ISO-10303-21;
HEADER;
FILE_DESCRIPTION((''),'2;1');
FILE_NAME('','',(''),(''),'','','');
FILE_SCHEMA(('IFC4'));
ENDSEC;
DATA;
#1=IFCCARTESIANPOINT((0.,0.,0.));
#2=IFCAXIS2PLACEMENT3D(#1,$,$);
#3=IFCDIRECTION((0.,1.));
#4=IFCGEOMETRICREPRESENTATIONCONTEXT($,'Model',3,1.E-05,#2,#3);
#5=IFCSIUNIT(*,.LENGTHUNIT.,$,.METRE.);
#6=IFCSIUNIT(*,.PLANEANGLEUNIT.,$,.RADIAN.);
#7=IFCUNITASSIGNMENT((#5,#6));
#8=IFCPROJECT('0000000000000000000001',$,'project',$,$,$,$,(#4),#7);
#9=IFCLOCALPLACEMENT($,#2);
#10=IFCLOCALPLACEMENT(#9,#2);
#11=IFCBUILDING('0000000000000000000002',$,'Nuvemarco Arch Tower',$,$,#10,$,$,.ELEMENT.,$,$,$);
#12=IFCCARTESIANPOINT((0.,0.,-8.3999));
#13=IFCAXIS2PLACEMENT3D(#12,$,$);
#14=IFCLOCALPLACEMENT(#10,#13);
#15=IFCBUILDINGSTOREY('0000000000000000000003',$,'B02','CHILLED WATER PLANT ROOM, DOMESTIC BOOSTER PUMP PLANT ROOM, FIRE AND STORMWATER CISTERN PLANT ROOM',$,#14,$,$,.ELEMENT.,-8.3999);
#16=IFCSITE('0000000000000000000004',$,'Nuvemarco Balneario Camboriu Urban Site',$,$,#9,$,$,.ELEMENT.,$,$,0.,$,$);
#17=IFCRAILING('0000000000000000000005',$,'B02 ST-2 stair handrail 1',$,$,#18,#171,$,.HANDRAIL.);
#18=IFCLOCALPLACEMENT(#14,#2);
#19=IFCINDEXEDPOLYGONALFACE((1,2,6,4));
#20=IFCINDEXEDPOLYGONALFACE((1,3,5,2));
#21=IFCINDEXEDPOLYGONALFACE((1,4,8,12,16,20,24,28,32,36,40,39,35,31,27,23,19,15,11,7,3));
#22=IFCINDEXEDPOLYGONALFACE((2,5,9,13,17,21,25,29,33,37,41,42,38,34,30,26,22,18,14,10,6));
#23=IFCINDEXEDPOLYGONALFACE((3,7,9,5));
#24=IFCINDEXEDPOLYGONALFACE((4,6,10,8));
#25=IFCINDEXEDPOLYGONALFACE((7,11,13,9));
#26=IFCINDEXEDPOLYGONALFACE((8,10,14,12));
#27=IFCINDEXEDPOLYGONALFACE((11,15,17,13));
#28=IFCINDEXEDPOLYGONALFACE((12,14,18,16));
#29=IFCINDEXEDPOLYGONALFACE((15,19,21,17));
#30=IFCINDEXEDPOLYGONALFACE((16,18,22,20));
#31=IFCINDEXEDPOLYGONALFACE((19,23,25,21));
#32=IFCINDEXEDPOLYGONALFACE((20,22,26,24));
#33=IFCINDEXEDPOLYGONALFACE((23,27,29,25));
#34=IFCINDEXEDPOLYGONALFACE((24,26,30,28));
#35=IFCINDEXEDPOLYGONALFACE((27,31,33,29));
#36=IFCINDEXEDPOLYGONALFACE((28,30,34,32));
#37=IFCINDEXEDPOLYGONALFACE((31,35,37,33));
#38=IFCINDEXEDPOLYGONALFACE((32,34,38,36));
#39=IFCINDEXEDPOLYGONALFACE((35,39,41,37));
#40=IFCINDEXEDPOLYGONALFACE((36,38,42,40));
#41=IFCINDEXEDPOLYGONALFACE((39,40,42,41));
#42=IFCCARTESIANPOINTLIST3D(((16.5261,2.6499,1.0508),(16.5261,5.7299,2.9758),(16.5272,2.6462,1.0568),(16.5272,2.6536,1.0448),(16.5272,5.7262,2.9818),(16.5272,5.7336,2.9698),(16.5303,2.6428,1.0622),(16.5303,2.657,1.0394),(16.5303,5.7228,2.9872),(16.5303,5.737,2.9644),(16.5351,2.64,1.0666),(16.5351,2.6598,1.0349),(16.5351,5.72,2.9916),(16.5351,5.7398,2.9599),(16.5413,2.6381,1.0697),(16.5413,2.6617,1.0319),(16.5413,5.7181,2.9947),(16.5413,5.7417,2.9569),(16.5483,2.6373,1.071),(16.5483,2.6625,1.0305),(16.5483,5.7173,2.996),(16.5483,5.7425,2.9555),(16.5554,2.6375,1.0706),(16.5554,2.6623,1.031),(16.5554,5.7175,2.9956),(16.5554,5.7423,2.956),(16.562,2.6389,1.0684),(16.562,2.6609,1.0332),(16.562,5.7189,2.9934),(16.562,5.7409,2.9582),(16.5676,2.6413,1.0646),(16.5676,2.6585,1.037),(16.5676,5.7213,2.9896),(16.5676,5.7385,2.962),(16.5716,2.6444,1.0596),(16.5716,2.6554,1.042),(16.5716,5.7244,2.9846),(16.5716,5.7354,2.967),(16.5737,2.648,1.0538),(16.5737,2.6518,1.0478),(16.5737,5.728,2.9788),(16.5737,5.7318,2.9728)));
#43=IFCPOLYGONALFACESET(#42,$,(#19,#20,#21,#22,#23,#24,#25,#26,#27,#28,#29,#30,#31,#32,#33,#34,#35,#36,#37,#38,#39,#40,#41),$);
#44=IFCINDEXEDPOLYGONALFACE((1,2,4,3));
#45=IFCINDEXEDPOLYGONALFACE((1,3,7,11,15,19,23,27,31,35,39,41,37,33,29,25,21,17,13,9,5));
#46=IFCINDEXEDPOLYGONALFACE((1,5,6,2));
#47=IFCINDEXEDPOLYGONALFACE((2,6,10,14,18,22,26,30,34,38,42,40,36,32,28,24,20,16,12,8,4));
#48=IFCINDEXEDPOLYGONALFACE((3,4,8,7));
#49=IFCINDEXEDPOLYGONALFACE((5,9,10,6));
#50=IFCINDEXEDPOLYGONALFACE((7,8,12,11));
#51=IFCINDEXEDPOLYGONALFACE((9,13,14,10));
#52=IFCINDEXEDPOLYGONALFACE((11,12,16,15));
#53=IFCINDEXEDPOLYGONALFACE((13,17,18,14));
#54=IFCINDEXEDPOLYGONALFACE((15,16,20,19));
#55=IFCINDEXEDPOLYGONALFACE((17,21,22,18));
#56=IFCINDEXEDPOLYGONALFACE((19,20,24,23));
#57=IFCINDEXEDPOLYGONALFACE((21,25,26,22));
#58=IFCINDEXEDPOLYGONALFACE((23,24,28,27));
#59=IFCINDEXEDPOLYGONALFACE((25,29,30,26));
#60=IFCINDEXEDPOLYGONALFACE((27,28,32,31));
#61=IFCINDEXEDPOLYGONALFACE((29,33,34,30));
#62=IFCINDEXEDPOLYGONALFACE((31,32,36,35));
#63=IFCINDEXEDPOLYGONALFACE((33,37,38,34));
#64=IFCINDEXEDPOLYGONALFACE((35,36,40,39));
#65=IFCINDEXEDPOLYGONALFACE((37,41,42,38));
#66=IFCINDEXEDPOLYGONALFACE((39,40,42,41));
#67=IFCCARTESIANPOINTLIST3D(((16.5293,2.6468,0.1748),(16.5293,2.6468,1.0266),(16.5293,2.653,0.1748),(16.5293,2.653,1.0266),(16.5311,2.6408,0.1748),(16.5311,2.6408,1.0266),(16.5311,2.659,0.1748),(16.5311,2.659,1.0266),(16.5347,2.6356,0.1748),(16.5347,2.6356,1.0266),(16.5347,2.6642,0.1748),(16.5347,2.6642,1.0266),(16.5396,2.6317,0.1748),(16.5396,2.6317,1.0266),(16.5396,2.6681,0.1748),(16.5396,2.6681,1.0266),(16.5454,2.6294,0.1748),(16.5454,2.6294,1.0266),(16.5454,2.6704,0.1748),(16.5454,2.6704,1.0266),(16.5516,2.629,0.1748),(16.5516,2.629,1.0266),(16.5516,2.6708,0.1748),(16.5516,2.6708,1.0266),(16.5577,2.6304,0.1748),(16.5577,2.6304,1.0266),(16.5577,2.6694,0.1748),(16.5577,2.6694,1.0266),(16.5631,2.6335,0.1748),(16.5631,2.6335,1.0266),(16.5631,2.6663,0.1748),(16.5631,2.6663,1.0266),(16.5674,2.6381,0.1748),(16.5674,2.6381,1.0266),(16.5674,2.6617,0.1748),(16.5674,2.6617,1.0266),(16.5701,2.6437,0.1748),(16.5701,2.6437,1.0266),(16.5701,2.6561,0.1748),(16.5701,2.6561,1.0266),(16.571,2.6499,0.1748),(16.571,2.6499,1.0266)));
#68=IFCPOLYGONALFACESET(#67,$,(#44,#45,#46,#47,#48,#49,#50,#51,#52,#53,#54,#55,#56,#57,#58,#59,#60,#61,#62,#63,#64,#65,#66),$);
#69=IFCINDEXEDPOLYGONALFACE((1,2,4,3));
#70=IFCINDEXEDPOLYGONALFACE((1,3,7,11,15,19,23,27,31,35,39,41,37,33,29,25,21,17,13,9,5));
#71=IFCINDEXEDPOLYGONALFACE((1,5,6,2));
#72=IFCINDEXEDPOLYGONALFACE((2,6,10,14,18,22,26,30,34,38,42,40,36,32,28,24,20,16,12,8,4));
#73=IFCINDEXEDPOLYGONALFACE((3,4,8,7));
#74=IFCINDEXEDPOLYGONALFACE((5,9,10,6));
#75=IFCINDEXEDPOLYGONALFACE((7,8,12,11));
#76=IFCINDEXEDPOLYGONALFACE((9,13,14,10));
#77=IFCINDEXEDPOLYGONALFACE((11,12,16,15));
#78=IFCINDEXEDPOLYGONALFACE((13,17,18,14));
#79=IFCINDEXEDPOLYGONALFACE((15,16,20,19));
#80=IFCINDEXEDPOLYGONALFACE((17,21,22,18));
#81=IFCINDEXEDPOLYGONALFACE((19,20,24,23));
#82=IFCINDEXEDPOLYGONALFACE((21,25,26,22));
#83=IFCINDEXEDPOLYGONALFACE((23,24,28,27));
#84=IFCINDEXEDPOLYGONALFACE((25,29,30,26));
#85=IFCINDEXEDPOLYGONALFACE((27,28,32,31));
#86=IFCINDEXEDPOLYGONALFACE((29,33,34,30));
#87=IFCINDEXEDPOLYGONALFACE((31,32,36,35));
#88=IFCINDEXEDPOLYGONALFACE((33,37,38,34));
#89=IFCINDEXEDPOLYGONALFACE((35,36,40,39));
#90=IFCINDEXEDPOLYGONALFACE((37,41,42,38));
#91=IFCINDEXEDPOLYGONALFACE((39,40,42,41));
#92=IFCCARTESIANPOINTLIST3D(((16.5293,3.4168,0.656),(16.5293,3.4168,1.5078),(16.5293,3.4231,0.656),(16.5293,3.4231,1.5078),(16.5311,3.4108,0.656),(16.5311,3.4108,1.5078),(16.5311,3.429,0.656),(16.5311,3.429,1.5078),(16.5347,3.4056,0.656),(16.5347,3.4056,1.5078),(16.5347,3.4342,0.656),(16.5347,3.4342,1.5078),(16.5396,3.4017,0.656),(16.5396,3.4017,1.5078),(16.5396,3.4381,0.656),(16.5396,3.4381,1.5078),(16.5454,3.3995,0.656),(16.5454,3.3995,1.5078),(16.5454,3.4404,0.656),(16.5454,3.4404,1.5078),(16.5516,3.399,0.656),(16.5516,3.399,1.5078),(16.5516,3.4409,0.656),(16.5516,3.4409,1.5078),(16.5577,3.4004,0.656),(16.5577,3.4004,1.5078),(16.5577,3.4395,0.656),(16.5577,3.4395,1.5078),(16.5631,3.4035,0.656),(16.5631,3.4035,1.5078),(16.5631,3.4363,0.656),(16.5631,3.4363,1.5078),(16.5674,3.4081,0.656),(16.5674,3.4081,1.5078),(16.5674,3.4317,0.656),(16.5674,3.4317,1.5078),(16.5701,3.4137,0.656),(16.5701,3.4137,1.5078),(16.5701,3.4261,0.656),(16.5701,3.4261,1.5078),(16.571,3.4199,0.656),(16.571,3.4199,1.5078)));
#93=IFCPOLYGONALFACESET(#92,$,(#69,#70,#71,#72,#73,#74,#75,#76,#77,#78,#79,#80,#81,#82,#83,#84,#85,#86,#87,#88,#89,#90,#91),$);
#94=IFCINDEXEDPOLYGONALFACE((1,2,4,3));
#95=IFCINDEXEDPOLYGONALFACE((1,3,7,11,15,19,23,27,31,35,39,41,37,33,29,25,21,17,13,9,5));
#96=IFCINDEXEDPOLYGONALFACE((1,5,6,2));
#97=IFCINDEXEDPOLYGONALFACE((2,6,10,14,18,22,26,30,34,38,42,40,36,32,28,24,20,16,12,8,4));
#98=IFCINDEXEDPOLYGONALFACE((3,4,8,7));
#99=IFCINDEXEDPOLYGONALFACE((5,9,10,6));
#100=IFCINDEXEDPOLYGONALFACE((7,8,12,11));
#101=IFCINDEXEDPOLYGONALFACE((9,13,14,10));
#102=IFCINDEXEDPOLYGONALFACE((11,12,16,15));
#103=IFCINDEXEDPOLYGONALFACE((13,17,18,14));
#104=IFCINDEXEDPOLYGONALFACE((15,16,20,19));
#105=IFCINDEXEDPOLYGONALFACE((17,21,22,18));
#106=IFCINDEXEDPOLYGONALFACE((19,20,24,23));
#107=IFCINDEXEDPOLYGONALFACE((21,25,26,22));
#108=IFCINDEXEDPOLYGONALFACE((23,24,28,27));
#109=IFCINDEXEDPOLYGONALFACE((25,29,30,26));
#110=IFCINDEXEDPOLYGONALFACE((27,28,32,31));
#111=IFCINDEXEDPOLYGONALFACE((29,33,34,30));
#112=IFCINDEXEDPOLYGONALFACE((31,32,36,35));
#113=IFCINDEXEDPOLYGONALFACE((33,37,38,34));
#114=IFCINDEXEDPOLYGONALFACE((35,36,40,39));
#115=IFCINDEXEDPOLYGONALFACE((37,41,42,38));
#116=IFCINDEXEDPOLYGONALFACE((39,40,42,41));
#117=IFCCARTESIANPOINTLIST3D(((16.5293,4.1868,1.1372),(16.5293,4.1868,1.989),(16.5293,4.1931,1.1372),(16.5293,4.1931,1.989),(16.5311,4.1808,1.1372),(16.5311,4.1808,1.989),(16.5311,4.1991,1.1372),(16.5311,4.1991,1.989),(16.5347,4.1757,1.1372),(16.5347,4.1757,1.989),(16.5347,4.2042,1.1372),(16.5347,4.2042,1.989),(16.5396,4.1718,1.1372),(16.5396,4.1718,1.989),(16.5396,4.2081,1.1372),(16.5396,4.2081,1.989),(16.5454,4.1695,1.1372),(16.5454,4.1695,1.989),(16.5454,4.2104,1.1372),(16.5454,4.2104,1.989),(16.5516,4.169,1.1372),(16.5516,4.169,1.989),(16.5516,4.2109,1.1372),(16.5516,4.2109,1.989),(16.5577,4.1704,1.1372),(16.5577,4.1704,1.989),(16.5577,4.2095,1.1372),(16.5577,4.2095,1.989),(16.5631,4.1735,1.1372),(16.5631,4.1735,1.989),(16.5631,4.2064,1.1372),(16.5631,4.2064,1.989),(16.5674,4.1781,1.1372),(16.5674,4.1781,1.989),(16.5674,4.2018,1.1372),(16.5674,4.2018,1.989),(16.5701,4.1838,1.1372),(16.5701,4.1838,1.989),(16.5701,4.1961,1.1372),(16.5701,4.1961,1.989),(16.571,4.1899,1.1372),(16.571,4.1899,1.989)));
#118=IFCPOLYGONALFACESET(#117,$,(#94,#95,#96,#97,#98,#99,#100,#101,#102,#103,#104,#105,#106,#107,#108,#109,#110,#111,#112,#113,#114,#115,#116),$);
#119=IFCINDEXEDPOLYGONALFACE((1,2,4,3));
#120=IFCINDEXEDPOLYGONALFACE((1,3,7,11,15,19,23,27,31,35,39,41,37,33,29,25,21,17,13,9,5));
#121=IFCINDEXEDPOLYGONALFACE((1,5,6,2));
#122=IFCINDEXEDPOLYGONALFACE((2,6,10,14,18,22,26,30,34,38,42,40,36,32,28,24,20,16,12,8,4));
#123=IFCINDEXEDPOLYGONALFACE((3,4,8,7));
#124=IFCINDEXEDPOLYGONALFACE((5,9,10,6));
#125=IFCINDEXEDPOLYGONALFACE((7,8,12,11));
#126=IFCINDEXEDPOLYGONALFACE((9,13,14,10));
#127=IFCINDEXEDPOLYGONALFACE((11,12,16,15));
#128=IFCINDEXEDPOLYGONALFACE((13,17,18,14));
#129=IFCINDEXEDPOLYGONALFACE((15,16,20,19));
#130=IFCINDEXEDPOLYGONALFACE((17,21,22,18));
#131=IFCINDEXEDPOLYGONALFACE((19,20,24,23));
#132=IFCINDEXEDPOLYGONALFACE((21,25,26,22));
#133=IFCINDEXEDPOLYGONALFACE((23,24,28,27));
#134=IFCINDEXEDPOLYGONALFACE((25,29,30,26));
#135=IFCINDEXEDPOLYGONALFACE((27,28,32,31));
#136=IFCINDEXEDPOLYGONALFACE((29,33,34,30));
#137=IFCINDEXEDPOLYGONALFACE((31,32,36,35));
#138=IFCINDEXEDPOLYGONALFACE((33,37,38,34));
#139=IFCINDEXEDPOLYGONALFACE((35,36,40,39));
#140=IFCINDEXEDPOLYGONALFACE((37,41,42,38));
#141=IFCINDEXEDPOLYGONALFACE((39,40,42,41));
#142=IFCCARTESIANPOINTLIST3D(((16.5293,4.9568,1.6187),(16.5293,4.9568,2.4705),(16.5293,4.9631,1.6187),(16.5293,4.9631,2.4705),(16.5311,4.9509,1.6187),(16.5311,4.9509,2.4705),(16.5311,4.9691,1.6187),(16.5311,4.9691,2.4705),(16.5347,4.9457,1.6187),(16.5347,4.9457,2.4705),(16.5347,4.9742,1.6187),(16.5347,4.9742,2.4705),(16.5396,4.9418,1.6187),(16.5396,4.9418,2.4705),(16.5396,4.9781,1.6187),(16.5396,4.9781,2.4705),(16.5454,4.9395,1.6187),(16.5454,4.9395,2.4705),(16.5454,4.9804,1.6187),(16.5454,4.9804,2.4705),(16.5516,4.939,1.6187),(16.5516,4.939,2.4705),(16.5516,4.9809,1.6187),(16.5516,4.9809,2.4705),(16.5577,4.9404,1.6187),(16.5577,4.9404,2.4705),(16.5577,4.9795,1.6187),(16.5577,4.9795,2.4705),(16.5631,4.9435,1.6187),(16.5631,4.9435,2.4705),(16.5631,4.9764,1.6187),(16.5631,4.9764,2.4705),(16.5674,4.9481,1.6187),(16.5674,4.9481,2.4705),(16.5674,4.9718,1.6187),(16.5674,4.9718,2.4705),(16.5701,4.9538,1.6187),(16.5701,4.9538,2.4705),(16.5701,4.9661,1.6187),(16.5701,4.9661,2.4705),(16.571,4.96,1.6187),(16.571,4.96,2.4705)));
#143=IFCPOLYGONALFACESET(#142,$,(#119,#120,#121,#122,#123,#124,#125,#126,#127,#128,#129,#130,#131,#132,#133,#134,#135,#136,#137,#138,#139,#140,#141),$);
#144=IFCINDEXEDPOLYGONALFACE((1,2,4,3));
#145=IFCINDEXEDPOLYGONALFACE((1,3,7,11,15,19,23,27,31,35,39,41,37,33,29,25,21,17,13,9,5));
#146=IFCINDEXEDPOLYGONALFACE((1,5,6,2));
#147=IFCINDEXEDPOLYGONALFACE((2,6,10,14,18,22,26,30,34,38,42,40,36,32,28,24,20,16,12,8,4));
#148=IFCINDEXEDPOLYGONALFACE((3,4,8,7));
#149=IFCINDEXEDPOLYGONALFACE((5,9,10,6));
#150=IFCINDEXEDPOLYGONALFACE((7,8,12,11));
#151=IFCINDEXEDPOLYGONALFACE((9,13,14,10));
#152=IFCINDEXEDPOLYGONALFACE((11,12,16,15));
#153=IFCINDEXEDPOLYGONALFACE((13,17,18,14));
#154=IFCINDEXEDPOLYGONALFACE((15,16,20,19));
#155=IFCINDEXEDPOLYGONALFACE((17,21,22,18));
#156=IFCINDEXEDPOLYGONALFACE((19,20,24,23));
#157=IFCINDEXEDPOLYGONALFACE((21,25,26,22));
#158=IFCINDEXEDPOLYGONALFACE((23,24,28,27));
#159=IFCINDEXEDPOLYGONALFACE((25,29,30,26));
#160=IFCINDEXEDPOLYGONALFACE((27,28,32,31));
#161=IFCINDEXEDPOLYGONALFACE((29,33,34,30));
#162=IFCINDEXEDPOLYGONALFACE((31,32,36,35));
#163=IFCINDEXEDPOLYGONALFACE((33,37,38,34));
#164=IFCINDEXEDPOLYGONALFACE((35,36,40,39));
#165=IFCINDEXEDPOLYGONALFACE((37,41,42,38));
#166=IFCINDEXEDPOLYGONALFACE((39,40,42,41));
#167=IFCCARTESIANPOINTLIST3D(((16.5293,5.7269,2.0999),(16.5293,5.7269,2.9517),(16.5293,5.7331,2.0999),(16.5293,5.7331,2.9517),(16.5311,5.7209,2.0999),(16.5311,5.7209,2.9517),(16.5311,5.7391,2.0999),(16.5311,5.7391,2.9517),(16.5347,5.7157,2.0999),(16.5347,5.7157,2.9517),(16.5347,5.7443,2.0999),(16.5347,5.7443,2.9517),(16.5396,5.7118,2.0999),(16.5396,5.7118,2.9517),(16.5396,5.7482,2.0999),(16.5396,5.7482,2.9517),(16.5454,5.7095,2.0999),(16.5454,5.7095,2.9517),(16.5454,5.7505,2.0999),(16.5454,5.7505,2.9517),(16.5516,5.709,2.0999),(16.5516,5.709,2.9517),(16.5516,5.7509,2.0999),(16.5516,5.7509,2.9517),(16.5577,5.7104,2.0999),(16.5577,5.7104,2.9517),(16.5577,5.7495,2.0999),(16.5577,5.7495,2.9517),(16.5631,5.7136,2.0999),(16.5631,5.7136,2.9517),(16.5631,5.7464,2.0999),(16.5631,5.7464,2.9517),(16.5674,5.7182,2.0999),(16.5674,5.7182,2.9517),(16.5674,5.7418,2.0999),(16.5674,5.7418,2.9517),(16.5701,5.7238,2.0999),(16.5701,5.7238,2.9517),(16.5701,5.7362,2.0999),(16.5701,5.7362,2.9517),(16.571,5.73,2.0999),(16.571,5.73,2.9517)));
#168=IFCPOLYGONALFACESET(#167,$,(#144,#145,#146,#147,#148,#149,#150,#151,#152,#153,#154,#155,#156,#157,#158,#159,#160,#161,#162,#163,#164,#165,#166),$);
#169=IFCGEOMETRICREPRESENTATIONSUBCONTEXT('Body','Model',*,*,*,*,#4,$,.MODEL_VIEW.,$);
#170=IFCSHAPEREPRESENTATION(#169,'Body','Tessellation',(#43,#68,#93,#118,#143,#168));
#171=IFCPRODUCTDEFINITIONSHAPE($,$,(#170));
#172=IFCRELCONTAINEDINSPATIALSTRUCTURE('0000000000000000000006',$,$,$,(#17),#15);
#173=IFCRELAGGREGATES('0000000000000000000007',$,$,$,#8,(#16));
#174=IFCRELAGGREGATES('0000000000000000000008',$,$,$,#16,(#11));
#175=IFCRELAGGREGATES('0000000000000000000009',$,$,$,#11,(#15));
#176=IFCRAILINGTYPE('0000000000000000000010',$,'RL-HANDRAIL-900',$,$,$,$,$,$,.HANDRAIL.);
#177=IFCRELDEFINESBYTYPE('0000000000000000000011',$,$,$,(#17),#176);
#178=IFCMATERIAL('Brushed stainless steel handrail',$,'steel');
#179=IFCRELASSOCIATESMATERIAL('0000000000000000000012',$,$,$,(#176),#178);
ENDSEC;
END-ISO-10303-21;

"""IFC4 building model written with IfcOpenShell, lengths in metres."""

from ifc_helpers import new_model, si_unit, direction, frame, origin, origin_2d, place, context, subcontext, project, spatial, circle, extrude, material, type_object, element, save


model = new_model("IFC4")

# Units and contexts
model_context = context("Model", 3, precision=1e-05, world=origin(), true_north=direction((0.0, 1.0)))
body_context = subcontext(model_context, "Body", "Model", "MODEL_VIEW")
ifc_project = project(units=[si_unit("LENGTHUNIT", "METRE"), si_unit("PLANEANGLEUNIT", "RADIAN")], contexts=[model_context])

# Site, building, storey
site_placement = place(None, origin())
site = spatial("IfcSite", under=ifc_project, at=site_placement, Name="Nuvemarco Balneario Camboriu Urban Site", CompositionType="ELEMENT", RefElevation=0.0)
building_placement = place(site_placement, origin())
building = spatial("IfcBuilding", under=site, at=building_placement, Name="Nuvemarco Arch Tower", CompositionType="ELEMENT")
storey_placement = place(building_placement, frame((0.0, 0.0, -8.3999)))
storey = spatial("IfcBuildingStorey", under=building, at=storey_placement, Name="B02", Description="CHILLED WATER PLANT ROOM, DOMESTIC BOOSTER PUMP PLANT ROOM, FIRE AND STORMWATER CISTERN PLANT ROOM", CompositionType="ELEMENT", Elevation=-8.3999)

# Railing
ifc_material_1 = material(Name="Brushed stainless steel handrail", Category="steel")
railing_type_1 = type_object("IfcRailingType", Name="RL-HANDRAIL-900", PredefinedType="HANDRAIL", material=ifc_material_1)
railing_1_placement = place(storey_placement, frame((16.55, 2.6499, 0.1748)))
element("IfcRailing", 1, at=railing_1_placement, inside=storey, type_object=railing_type_1, Name="B02 ST-2 stair handrail 1", PredefinedType="HANDRAIL", context=body_context, shape_type="SweptSolid", body=[
    extrude(circle(Radius=0.0239, at=origin_2d()), frame((0.0, 0.0, 0.876), z_axis=(0.0, 0.847998, 0.529999), x_axis=(-1.0, 0.0, 0.0)), (0.0, 0.0, 1.0), 3.6321),
    extrude(circle(Radius=0.021, at=origin_2d()), origin(), (0.0, 0.0, 1.0), 0.8518),
    extrude(circle(Radius=0.021, at=origin_2d()), frame((0.0, 0.77, 0.4812)), (0.0, 0.0, 1.0), 0.8518),
    extrude(circle(Radius=0.021, at=origin_2d()), frame((0.0, 1.54, 0.9624)), (0.0, 0.0, 1.0), 0.8518),
    extrude(circle(Radius=0.021, at=origin_2d()), frame((0.0, 2.3101, 1.4438)), (0.0, 0.0, 1.0), 0.8518),
    extrude(circle(Radius=0.021, at=origin_2d()), frame((0.0, 3.0801, 1.925)), (0.0, 0.0, 1.0), 0.8518),
])

save(model, "model.ifc")
